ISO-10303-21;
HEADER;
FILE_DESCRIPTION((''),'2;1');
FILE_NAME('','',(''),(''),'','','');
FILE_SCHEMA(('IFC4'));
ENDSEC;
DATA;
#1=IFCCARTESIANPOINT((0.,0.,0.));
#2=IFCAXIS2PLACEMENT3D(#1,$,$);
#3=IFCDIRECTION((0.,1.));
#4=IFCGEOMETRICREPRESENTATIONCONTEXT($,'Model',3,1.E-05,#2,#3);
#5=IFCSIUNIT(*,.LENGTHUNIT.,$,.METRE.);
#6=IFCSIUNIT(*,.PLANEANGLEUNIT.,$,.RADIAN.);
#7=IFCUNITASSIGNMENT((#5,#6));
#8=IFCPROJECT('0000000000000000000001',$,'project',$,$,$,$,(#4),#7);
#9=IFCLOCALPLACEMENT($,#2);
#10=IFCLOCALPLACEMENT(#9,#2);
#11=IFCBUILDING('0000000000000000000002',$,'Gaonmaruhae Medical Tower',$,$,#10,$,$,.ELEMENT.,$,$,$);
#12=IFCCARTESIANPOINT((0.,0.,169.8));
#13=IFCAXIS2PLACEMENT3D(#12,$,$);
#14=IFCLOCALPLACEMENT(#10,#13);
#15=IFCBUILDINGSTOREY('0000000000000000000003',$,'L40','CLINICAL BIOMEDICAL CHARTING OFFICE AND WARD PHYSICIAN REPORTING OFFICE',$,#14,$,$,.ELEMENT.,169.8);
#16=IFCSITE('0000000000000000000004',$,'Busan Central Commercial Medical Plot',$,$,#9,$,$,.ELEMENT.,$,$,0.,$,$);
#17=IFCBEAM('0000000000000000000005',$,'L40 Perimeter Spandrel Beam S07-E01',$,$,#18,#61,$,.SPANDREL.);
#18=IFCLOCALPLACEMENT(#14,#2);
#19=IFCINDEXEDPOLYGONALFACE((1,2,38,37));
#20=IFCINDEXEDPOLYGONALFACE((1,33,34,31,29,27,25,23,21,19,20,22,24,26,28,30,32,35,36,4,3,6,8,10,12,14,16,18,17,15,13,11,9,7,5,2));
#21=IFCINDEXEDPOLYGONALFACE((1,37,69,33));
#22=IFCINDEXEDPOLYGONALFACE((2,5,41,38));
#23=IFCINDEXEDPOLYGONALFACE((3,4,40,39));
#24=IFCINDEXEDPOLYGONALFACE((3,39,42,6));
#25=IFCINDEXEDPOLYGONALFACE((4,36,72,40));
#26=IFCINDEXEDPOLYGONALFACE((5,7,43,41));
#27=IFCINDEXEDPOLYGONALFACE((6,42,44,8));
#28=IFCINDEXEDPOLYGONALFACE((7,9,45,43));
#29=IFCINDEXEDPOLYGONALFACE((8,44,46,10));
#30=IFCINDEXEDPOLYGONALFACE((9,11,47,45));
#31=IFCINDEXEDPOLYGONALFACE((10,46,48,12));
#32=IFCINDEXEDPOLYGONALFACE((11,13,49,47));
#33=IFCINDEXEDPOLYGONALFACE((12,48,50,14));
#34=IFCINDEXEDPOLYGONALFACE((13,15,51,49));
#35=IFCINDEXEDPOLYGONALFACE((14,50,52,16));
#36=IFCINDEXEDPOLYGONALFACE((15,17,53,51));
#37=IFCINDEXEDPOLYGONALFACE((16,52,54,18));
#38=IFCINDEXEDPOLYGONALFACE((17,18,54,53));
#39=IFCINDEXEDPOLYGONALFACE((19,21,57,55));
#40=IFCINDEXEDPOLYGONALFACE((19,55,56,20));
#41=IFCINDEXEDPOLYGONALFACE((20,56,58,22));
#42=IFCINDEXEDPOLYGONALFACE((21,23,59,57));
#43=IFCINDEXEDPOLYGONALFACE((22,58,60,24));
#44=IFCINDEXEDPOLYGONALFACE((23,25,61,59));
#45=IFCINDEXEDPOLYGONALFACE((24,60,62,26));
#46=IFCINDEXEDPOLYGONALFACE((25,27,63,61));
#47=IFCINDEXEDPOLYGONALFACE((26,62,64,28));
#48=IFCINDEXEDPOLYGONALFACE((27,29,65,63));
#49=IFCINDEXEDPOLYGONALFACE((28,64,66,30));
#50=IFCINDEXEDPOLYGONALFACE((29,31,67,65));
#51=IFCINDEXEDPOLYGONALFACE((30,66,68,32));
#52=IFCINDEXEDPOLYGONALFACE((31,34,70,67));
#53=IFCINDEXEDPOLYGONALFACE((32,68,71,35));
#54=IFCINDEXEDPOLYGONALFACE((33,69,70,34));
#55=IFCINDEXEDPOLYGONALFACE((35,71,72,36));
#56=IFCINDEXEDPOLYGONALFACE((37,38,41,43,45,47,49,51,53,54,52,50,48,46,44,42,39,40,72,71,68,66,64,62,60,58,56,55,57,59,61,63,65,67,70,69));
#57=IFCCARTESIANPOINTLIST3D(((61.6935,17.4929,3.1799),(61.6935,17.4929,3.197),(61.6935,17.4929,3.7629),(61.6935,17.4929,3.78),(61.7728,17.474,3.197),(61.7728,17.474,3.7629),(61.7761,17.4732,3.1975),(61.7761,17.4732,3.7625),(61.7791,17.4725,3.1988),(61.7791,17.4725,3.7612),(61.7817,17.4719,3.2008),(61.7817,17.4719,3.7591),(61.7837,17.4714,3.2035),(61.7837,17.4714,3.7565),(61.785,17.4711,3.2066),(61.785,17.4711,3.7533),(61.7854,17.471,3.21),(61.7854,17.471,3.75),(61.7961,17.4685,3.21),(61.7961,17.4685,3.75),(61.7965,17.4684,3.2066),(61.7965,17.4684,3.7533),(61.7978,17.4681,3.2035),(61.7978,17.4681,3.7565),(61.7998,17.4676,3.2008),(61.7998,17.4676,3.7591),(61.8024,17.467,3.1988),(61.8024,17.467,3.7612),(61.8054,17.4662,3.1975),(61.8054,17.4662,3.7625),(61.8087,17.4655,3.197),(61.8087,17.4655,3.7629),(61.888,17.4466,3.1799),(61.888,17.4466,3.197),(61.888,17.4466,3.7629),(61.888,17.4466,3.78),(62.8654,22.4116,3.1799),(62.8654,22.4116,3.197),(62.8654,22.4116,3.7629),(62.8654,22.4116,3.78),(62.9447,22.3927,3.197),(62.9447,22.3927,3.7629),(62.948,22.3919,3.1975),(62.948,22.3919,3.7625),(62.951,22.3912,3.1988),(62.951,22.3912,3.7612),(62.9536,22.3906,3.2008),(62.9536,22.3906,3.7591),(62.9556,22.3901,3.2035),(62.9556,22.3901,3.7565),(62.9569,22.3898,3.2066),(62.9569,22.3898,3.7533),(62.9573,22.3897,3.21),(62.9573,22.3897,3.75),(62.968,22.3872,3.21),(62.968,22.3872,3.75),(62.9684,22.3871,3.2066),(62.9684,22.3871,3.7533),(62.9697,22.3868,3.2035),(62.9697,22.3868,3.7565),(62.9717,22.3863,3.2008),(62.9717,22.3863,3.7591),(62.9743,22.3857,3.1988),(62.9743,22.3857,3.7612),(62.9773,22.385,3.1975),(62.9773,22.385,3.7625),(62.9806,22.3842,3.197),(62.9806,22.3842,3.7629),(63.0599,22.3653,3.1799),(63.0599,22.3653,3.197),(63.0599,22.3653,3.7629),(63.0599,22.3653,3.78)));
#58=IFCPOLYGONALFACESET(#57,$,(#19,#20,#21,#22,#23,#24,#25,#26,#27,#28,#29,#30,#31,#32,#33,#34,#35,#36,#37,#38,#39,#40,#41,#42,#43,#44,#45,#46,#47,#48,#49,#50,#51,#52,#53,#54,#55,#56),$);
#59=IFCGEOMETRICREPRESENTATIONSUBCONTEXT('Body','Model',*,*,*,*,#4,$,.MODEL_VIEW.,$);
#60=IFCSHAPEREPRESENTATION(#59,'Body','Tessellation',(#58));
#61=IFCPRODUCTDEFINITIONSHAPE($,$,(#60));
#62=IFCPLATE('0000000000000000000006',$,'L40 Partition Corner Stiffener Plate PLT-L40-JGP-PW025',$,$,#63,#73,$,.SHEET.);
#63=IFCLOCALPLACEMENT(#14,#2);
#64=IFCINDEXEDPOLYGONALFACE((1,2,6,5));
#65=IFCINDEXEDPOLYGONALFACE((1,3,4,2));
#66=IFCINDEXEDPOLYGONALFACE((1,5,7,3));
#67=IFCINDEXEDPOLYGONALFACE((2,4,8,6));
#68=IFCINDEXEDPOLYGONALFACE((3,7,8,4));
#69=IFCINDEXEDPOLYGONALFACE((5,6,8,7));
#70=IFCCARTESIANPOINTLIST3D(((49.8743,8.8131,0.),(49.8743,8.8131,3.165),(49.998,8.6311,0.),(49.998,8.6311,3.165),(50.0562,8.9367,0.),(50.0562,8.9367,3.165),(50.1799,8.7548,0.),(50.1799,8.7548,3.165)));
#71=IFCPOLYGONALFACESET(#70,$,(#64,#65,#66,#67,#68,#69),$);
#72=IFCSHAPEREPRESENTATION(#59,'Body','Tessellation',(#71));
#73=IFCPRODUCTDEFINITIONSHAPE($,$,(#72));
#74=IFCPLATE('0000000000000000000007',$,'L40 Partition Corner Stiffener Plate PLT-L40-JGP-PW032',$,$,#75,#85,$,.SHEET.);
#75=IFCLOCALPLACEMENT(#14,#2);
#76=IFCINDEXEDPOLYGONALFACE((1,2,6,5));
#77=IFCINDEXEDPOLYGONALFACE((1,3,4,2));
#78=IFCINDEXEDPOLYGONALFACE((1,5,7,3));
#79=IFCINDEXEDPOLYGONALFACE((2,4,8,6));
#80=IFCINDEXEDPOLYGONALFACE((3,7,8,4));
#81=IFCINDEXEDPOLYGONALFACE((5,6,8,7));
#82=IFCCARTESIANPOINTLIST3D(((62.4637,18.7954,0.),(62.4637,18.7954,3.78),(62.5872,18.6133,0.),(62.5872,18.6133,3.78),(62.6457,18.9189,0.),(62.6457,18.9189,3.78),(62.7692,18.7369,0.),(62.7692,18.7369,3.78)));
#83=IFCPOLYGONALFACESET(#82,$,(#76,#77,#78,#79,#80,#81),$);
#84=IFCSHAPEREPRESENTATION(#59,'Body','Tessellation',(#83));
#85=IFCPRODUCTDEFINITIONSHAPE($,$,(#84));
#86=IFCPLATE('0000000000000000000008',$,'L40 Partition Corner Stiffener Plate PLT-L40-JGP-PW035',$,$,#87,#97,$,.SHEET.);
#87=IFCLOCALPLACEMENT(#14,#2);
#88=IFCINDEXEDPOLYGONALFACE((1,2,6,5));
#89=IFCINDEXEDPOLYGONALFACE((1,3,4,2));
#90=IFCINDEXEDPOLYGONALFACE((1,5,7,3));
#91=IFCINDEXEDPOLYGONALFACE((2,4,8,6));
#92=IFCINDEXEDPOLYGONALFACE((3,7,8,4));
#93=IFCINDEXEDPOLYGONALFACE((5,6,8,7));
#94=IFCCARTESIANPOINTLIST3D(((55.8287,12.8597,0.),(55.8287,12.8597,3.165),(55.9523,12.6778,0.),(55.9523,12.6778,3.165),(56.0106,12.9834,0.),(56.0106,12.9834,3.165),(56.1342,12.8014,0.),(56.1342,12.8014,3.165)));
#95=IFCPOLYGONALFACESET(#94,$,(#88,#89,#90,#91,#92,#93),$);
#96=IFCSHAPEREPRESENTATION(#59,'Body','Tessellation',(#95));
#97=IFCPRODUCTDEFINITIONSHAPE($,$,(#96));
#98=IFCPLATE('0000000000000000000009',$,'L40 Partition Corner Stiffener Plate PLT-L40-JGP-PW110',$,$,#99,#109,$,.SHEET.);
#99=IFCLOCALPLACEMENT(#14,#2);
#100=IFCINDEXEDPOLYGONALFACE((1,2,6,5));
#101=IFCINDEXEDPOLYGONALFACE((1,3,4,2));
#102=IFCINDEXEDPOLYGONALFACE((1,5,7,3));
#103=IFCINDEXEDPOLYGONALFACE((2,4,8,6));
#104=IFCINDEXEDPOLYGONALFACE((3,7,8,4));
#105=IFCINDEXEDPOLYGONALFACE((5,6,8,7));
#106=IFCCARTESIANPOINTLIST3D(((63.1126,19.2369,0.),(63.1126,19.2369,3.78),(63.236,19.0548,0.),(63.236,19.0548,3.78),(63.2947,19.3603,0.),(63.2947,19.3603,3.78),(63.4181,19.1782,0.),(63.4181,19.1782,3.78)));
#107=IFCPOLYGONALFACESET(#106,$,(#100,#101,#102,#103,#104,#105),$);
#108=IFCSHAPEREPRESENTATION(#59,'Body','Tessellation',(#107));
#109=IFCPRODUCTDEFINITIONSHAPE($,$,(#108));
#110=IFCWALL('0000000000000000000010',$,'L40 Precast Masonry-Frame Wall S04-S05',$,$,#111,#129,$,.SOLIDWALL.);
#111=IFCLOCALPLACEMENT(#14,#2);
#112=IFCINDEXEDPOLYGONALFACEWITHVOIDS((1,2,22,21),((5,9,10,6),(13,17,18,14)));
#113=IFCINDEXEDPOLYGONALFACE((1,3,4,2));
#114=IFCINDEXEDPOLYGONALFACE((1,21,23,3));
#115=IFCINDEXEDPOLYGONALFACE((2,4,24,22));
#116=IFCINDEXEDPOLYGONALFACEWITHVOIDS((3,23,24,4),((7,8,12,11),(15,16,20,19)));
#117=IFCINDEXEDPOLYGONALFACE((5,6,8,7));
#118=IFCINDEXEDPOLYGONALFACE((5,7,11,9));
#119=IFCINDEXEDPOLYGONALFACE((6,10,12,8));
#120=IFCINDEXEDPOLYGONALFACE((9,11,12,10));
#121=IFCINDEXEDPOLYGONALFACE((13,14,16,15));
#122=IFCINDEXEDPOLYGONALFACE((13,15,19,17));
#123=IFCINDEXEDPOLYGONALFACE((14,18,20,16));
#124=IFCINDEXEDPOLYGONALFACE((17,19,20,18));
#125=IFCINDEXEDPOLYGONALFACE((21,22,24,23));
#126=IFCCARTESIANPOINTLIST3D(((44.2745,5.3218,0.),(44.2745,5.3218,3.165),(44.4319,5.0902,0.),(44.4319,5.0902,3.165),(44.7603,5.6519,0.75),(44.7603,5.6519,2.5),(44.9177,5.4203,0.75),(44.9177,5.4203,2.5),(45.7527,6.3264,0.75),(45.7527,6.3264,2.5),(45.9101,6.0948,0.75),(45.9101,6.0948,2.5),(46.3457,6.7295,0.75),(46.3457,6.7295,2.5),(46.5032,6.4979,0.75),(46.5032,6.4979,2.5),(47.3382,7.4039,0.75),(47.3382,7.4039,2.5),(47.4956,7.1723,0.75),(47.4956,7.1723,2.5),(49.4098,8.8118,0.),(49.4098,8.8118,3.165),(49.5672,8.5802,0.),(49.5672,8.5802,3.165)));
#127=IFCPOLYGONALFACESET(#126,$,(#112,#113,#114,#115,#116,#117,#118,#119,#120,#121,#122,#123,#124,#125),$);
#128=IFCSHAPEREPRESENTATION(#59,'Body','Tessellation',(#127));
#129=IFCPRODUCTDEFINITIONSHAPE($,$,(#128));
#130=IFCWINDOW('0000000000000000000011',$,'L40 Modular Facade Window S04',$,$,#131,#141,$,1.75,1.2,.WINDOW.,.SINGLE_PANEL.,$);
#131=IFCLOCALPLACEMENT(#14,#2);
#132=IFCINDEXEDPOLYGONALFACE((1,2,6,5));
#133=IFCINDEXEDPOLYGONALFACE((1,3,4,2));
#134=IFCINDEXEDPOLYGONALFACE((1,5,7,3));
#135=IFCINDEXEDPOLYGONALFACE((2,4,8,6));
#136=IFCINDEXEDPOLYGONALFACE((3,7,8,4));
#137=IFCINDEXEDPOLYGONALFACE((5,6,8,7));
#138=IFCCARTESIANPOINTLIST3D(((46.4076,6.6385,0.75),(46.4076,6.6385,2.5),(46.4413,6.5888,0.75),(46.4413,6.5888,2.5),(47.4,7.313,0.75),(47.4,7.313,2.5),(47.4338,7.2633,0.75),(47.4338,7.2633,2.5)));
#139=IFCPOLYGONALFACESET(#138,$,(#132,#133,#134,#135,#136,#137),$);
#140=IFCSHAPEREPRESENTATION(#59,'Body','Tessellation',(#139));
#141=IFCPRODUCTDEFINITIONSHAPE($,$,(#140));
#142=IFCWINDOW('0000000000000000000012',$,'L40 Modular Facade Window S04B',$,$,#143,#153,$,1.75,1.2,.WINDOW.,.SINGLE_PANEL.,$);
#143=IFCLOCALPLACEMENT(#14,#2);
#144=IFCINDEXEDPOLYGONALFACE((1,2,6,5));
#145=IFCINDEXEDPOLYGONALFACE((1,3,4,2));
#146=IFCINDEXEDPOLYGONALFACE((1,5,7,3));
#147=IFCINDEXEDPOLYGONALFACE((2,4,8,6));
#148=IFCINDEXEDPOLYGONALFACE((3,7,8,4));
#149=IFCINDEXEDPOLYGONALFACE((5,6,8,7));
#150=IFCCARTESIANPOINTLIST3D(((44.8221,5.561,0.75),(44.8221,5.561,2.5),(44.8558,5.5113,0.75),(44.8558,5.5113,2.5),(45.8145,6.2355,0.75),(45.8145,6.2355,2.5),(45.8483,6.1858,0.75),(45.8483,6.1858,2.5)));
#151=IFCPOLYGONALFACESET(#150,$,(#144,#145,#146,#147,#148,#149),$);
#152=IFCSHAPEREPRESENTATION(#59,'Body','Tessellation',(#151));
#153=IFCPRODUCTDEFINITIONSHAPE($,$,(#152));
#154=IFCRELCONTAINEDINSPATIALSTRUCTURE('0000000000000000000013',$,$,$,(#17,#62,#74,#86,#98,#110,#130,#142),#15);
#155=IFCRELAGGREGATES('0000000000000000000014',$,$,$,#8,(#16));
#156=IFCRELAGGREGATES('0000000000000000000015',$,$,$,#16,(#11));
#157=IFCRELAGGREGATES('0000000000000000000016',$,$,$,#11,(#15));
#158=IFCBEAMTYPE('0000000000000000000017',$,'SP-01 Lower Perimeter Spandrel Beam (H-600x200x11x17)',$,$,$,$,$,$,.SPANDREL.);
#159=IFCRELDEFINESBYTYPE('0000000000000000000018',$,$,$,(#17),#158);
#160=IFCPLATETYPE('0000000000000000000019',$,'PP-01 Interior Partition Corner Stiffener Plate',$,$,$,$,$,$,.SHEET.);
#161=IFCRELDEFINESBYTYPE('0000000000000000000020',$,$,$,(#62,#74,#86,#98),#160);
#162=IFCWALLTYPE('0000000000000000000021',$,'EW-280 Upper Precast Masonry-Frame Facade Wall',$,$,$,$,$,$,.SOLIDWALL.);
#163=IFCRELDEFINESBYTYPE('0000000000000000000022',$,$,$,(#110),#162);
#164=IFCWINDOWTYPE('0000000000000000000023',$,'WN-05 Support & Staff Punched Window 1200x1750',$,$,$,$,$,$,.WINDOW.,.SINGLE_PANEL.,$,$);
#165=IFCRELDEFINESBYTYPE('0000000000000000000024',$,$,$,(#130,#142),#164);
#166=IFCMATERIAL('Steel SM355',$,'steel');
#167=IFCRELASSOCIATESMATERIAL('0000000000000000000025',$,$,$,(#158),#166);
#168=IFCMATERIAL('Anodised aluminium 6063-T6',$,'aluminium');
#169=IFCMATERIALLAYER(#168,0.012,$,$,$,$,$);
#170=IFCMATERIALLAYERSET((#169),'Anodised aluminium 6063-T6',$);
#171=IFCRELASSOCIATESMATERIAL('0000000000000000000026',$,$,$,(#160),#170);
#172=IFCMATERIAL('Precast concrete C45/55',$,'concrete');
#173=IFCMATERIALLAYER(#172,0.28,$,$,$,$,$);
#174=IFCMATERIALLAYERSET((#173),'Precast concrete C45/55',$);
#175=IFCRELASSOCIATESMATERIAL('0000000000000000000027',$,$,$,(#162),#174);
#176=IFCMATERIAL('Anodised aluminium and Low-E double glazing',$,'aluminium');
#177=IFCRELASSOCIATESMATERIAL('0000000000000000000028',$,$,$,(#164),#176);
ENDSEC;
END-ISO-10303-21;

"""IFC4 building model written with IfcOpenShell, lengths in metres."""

from ifc_helpers import new_model, si_unit, direction, frame, frame_2d, origin, origin_2d, place, context, subcontext, project, spatial, rectangle, i_section, extrude, material, layer, layer_set, material_profile, profile_set, type_object, element, fill, save


model = new_model("IFC4")

# Units and contexts
model_context = context("Model", 3, precision=1e-05, world=origin(), true_north=direction((0.0, 1.0)))
body_context = subcontext(model_context, "Body", "Model", "MODEL_VIEW")
ifc_project = project(units=[si_unit("LENGTHUNIT", "METRE"), si_unit("PLANEANGLEUNIT", "RADIAN")], contexts=[model_context])

# Site, building, storey
site_placement = place(None, origin())
site = spatial("IfcSite", under=ifc_project, at=site_placement, Name="Busan Central Commercial Medical Plot", CompositionType="ELEMENT", RefElevation=0.0)
building_placement = place(site_placement, origin())
building = spatial("IfcBuilding", under=site, at=building_placement, Name="Gaonmaruhae Medical Tower", CompositionType="ELEMENT")
storey_placement = place(building_placement, frame((0.0, 0.0, 169.8)))
storey = spatial("IfcBuildingStorey", under=building, at=storey_placement, Name="L40", Description="CLINICAL BIOMEDICAL CHARTING OFFICE AND WARD PHYSICIAN REPORTING OFFICE", CompositionType="ELEMENT", Elevation=169.8)

# Beam
ifc_material_1 = material(Name="Steel SM355", Category="steel")
ifc_material_profile_1 = material_profile(ifc_material_1, i_section(OverallWidth=0.2, OverallDepth=0.6001, WebThickness=0.011, FlangeThickness=0.0171, FilletRadius=0.0129, at=origin_2d()), Name="H-600x200x11x17")
ifc_profile_set_1 = profile_set([ifc_material_profile_1], Name="Steel SM355")
beam_type_1 = type_object("IfcBeamType", Name="SP-01 Lower Perimeter Spandrel Beam (H-600x200x11x17)", PredefinedType="SPANDREL", material=ifc_profile_set_1)
beam_1_placement = place(storey_placement, frame((61.7908, 17.4697, 3.48), z_axis=(0.231762, 0.972773, 0.0), x_axis=(-0.972773, 0.231762, 0.0)))
element("IfcBeam", 1, at=beam_1_placement, inside=storey, type_object=beam_type_1, Name="L40 Perimeter Spandrel Beam S07-E01", PredefinedType="SPANDREL", context=body_context, shape_type="SweptSolid", body=[
    extrude(i_section(OverallWidth=0.2, OverallDepth=0.6001, WebThickness=0.011, FlangeThickness=0.0171, FilletRadius=0.0129, at=origin_2d()), origin(), (0.0, 0.0, 1.0), 5.0564),
])

# Plates
ifc_material_2 = material(Name="Anodised aluminium 6063-T6", Category="aluminium")
ifc_layer_1 = layer(ifc_material_2, 0.012)
ifc_layer_set_1 = layer_set([ifc_layer_1], Name="Anodised aluminium 6063-T6")
plate_type = type_object("IfcPlateType", Name="PP-01 Interior Partition Corner Stiffener Plate", PredefinedType="SHEET", material=ifc_layer_set_1)
plate_1_placement = place(storey_placement, frame((50.0271, 8.7839, 0.0), z_axis=(0.0, 0.0, 1.0), x_axis=(-0.827041, -0.562141, 0.0)))
element("IfcPlate", 2, at=plate_1_placement, inside=storey, type_object=plate_type, Name="L40 Partition Corner Stiffener Plate PLT-L40-JGP-PW025", PredefinedType="SHEET", context=body_context, shape_type="SweptSolid", body=[
    extrude(rectangle(XDim=0.22, YDim=0.22, at=origin_2d()), origin(), (0.0, 0.0, 1.0), 3.165),
])
plate_2_placement = place(storey_placement, frame((62.6165, 18.7661, 0.0), z_axis=(0.0, 0.0, 1.0), x_axis=(-0.827492, -0.561477, 0.0)))
element("IfcPlate", 3, at=plate_2_placement, inside=storey, type_object=plate_type, Name="L40 Partition Corner Stiffener Plate PLT-L40-JGP-PW032", PredefinedType="SHEET", context=body_context, shape_type="SweptSolid", body=[
    extrude(rectangle(XDim=0.22, YDim=0.22, at=origin_2d()), origin(), (0.0, 0.0, 1.0), 3.78),
])
plate_3_placement = place(storey_placement, frame((55.9814, 12.8306, 0.0), z_axis=(0.0, 0.0, 1.0), x_axis=(-0.82712, -0.562026, 0.0)))
element("IfcPlate", 4, at=plate_3_placement, inside=storey, type_object=plate_type, Name="L40 Partition Corner Stiffener Plate PLT-L40-JGP-PW035", PredefinedType="SHEET", context=body_context, shape_type="SweptSolid", body=[
    extrude(rectangle(XDim=0.22, YDim=0.22, at=origin_2d()), origin(), (0.0, 0.0, 1.0), 3.165),
])
plate_4_placement = place(storey_placement, frame((63.2654, 19.2075, 0.0), z_axis=(0.0, 0.0, 1.0), x_axis=(-0.827776, -0.561058, 0.0)))
element("IfcPlate", 5, at=plate_4_placement, inside=storey, type_object=plate_type, Name="L40 Partition Corner Stiffener Plate PLT-L40-JGP-PW110", PredefinedType="SHEET", context=body_context, shape_type="SweptSolid", body=[
    extrude(rectangle(XDim=0.22, YDim=0.22, at=origin_2d()), origin(), (0.0, 0.0, 1.0), 3.78),
])

# Wall, openings, windows
ifc_material_3 = material(Name="Precast concrete C45/55", Category="concrete")
ifc_layer_2 = layer(ifc_material_3, 0.28)
ifc_layer_set_2 = layer_set([ifc_layer_2], Name="Precast concrete C45/55")
wall_type_1 = type_object("IfcWallType", Name="EW-280 Upper Precast Masonry-Frame Facade Wall", PredefinedType="SOLIDWALL", material=ifc_layer_set_2)
wall_1_placement = place(storey_placement, frame((49.4885, 8.696, 0.0), z_axis=(0.0, 0.0, 1.0), x_axis=(-0.827075, -0.562092, 0.0)))
wall_1 = element("IfcWall", 6, at=wall_1_placement, inside=storey, type_object=wall_type_1, Name="L40 Precast Masonry-Frame Wall S04-S05", PredefinedType="SOLIDWALL", context=body_context, shape_type="SweptSolid", body=[
    extrude(rectangle(XDim=6.209, YDim=0.28, at=frame_2d((3.1045, 0.0))), origin(), (0.0, 0.0, 1.0), 3.165),
])
opening_1_placement = place(wall_1_placement, frame((2.5046, 0.0, 0.75)))
opening_1 = element("IfcOpeningElement", 7, at=opening_1_placement, cuts=wall_1, PredefinedType="OPENING", context=body_context, shape_type="SweptSolid", body=[
    extrude(rectangle(XDim=1.2, YDim=1.75, at=frame_2d((0.6001, 0.875))), frame((0.0, 0.1499, 0.0), z_axis=(0.0, -1.0, 0.0), x_axis=(1.0, 0.0, 0.0)), (0.0, 0.0, 1.0), 0.3),
])
opening_2_placement = place(wall_1_placement, frame((4.4216, 0.0, 0.75)))
opening_2 = element("IfcOpeningElement", 8, at=opening_2_placement, cuts=wall_1, PredefinedType="OPENING", context=body_context, shape_type="SweptSolid", body=[
    extrude(rectangle(XDim=1.2, YDim=1.75, at=frame_2d((0.6001, 0.875))), frame((0.0, 0.1499, 0.0), z_axis=(0.0, -1.0, 0.0), x_axis=(1.0, 0.0, 0.0)), (0.0, 0.0, 1.0), 0.3),
])
ifc_material_4 = material(Name="Anodised aluminium and Low-E double glazing", Category="aluminium")
window_type_1 = type_object("IfcWindowType", Name="WN-05 Support & Staff Punched Window 1200x1750", PartitioningType="SINGLE_PANEL", PredefinedType="WINDOW", material=ifc_material_4)
window_1_placement = place(opening_1_placement, origin())
window_1 = element("IfcWindow", 9, at=window_1_placement, inside=storey, type_object=window_type_1, Name="L40 Modular Facade Window S04", OverallHeight=1.75, OverallWidth=1.2, PartitioningType="SINGLE_PANEL", PredefinedType="WINDOW", context=body_context, shape_type="SweptSolid", body=[
    extrude(rectangle(XDim=1.2, YDim=1.75, at=frame_2d((0.6001, 0.875))), frame((0.0, 0.03, 0.0), z_axis=(0.0, -1.0, 0.0), x_axis=(1.0, 0.0, 0.0)), (0.0, 0.0, 1.0), 0.0601),
])
fill(opening_1, window_1)
window_2_placement = place(opening_2_placement, origin())
window_2 = element("IfcWindow", 10, at=window_2_placement, inside=storey, type_object=window_type_1, Name="L40 Modular Facade Window S04B", OverallHeight=1.75, OverallWidth=1.2, PartitioningType="SINGLE_PANEL", PredefinedType="WINDOW", context=body_context, shape_type="SweptSolid", body=[
    extrude(rectangle(XDim=1.2, YDim=1.75, at=frame_2d((0.6001, 0.875))), frame((0.0, 0.03, 0.0), z_axis=(0.0, -1.0, 0.0), x_axis=(1.0, 0.0, 0.0)), (0.0, 0.0, 1.0), 0.0601),
])
fill(opening_2, window_2)

save(model, "model.ifc")
